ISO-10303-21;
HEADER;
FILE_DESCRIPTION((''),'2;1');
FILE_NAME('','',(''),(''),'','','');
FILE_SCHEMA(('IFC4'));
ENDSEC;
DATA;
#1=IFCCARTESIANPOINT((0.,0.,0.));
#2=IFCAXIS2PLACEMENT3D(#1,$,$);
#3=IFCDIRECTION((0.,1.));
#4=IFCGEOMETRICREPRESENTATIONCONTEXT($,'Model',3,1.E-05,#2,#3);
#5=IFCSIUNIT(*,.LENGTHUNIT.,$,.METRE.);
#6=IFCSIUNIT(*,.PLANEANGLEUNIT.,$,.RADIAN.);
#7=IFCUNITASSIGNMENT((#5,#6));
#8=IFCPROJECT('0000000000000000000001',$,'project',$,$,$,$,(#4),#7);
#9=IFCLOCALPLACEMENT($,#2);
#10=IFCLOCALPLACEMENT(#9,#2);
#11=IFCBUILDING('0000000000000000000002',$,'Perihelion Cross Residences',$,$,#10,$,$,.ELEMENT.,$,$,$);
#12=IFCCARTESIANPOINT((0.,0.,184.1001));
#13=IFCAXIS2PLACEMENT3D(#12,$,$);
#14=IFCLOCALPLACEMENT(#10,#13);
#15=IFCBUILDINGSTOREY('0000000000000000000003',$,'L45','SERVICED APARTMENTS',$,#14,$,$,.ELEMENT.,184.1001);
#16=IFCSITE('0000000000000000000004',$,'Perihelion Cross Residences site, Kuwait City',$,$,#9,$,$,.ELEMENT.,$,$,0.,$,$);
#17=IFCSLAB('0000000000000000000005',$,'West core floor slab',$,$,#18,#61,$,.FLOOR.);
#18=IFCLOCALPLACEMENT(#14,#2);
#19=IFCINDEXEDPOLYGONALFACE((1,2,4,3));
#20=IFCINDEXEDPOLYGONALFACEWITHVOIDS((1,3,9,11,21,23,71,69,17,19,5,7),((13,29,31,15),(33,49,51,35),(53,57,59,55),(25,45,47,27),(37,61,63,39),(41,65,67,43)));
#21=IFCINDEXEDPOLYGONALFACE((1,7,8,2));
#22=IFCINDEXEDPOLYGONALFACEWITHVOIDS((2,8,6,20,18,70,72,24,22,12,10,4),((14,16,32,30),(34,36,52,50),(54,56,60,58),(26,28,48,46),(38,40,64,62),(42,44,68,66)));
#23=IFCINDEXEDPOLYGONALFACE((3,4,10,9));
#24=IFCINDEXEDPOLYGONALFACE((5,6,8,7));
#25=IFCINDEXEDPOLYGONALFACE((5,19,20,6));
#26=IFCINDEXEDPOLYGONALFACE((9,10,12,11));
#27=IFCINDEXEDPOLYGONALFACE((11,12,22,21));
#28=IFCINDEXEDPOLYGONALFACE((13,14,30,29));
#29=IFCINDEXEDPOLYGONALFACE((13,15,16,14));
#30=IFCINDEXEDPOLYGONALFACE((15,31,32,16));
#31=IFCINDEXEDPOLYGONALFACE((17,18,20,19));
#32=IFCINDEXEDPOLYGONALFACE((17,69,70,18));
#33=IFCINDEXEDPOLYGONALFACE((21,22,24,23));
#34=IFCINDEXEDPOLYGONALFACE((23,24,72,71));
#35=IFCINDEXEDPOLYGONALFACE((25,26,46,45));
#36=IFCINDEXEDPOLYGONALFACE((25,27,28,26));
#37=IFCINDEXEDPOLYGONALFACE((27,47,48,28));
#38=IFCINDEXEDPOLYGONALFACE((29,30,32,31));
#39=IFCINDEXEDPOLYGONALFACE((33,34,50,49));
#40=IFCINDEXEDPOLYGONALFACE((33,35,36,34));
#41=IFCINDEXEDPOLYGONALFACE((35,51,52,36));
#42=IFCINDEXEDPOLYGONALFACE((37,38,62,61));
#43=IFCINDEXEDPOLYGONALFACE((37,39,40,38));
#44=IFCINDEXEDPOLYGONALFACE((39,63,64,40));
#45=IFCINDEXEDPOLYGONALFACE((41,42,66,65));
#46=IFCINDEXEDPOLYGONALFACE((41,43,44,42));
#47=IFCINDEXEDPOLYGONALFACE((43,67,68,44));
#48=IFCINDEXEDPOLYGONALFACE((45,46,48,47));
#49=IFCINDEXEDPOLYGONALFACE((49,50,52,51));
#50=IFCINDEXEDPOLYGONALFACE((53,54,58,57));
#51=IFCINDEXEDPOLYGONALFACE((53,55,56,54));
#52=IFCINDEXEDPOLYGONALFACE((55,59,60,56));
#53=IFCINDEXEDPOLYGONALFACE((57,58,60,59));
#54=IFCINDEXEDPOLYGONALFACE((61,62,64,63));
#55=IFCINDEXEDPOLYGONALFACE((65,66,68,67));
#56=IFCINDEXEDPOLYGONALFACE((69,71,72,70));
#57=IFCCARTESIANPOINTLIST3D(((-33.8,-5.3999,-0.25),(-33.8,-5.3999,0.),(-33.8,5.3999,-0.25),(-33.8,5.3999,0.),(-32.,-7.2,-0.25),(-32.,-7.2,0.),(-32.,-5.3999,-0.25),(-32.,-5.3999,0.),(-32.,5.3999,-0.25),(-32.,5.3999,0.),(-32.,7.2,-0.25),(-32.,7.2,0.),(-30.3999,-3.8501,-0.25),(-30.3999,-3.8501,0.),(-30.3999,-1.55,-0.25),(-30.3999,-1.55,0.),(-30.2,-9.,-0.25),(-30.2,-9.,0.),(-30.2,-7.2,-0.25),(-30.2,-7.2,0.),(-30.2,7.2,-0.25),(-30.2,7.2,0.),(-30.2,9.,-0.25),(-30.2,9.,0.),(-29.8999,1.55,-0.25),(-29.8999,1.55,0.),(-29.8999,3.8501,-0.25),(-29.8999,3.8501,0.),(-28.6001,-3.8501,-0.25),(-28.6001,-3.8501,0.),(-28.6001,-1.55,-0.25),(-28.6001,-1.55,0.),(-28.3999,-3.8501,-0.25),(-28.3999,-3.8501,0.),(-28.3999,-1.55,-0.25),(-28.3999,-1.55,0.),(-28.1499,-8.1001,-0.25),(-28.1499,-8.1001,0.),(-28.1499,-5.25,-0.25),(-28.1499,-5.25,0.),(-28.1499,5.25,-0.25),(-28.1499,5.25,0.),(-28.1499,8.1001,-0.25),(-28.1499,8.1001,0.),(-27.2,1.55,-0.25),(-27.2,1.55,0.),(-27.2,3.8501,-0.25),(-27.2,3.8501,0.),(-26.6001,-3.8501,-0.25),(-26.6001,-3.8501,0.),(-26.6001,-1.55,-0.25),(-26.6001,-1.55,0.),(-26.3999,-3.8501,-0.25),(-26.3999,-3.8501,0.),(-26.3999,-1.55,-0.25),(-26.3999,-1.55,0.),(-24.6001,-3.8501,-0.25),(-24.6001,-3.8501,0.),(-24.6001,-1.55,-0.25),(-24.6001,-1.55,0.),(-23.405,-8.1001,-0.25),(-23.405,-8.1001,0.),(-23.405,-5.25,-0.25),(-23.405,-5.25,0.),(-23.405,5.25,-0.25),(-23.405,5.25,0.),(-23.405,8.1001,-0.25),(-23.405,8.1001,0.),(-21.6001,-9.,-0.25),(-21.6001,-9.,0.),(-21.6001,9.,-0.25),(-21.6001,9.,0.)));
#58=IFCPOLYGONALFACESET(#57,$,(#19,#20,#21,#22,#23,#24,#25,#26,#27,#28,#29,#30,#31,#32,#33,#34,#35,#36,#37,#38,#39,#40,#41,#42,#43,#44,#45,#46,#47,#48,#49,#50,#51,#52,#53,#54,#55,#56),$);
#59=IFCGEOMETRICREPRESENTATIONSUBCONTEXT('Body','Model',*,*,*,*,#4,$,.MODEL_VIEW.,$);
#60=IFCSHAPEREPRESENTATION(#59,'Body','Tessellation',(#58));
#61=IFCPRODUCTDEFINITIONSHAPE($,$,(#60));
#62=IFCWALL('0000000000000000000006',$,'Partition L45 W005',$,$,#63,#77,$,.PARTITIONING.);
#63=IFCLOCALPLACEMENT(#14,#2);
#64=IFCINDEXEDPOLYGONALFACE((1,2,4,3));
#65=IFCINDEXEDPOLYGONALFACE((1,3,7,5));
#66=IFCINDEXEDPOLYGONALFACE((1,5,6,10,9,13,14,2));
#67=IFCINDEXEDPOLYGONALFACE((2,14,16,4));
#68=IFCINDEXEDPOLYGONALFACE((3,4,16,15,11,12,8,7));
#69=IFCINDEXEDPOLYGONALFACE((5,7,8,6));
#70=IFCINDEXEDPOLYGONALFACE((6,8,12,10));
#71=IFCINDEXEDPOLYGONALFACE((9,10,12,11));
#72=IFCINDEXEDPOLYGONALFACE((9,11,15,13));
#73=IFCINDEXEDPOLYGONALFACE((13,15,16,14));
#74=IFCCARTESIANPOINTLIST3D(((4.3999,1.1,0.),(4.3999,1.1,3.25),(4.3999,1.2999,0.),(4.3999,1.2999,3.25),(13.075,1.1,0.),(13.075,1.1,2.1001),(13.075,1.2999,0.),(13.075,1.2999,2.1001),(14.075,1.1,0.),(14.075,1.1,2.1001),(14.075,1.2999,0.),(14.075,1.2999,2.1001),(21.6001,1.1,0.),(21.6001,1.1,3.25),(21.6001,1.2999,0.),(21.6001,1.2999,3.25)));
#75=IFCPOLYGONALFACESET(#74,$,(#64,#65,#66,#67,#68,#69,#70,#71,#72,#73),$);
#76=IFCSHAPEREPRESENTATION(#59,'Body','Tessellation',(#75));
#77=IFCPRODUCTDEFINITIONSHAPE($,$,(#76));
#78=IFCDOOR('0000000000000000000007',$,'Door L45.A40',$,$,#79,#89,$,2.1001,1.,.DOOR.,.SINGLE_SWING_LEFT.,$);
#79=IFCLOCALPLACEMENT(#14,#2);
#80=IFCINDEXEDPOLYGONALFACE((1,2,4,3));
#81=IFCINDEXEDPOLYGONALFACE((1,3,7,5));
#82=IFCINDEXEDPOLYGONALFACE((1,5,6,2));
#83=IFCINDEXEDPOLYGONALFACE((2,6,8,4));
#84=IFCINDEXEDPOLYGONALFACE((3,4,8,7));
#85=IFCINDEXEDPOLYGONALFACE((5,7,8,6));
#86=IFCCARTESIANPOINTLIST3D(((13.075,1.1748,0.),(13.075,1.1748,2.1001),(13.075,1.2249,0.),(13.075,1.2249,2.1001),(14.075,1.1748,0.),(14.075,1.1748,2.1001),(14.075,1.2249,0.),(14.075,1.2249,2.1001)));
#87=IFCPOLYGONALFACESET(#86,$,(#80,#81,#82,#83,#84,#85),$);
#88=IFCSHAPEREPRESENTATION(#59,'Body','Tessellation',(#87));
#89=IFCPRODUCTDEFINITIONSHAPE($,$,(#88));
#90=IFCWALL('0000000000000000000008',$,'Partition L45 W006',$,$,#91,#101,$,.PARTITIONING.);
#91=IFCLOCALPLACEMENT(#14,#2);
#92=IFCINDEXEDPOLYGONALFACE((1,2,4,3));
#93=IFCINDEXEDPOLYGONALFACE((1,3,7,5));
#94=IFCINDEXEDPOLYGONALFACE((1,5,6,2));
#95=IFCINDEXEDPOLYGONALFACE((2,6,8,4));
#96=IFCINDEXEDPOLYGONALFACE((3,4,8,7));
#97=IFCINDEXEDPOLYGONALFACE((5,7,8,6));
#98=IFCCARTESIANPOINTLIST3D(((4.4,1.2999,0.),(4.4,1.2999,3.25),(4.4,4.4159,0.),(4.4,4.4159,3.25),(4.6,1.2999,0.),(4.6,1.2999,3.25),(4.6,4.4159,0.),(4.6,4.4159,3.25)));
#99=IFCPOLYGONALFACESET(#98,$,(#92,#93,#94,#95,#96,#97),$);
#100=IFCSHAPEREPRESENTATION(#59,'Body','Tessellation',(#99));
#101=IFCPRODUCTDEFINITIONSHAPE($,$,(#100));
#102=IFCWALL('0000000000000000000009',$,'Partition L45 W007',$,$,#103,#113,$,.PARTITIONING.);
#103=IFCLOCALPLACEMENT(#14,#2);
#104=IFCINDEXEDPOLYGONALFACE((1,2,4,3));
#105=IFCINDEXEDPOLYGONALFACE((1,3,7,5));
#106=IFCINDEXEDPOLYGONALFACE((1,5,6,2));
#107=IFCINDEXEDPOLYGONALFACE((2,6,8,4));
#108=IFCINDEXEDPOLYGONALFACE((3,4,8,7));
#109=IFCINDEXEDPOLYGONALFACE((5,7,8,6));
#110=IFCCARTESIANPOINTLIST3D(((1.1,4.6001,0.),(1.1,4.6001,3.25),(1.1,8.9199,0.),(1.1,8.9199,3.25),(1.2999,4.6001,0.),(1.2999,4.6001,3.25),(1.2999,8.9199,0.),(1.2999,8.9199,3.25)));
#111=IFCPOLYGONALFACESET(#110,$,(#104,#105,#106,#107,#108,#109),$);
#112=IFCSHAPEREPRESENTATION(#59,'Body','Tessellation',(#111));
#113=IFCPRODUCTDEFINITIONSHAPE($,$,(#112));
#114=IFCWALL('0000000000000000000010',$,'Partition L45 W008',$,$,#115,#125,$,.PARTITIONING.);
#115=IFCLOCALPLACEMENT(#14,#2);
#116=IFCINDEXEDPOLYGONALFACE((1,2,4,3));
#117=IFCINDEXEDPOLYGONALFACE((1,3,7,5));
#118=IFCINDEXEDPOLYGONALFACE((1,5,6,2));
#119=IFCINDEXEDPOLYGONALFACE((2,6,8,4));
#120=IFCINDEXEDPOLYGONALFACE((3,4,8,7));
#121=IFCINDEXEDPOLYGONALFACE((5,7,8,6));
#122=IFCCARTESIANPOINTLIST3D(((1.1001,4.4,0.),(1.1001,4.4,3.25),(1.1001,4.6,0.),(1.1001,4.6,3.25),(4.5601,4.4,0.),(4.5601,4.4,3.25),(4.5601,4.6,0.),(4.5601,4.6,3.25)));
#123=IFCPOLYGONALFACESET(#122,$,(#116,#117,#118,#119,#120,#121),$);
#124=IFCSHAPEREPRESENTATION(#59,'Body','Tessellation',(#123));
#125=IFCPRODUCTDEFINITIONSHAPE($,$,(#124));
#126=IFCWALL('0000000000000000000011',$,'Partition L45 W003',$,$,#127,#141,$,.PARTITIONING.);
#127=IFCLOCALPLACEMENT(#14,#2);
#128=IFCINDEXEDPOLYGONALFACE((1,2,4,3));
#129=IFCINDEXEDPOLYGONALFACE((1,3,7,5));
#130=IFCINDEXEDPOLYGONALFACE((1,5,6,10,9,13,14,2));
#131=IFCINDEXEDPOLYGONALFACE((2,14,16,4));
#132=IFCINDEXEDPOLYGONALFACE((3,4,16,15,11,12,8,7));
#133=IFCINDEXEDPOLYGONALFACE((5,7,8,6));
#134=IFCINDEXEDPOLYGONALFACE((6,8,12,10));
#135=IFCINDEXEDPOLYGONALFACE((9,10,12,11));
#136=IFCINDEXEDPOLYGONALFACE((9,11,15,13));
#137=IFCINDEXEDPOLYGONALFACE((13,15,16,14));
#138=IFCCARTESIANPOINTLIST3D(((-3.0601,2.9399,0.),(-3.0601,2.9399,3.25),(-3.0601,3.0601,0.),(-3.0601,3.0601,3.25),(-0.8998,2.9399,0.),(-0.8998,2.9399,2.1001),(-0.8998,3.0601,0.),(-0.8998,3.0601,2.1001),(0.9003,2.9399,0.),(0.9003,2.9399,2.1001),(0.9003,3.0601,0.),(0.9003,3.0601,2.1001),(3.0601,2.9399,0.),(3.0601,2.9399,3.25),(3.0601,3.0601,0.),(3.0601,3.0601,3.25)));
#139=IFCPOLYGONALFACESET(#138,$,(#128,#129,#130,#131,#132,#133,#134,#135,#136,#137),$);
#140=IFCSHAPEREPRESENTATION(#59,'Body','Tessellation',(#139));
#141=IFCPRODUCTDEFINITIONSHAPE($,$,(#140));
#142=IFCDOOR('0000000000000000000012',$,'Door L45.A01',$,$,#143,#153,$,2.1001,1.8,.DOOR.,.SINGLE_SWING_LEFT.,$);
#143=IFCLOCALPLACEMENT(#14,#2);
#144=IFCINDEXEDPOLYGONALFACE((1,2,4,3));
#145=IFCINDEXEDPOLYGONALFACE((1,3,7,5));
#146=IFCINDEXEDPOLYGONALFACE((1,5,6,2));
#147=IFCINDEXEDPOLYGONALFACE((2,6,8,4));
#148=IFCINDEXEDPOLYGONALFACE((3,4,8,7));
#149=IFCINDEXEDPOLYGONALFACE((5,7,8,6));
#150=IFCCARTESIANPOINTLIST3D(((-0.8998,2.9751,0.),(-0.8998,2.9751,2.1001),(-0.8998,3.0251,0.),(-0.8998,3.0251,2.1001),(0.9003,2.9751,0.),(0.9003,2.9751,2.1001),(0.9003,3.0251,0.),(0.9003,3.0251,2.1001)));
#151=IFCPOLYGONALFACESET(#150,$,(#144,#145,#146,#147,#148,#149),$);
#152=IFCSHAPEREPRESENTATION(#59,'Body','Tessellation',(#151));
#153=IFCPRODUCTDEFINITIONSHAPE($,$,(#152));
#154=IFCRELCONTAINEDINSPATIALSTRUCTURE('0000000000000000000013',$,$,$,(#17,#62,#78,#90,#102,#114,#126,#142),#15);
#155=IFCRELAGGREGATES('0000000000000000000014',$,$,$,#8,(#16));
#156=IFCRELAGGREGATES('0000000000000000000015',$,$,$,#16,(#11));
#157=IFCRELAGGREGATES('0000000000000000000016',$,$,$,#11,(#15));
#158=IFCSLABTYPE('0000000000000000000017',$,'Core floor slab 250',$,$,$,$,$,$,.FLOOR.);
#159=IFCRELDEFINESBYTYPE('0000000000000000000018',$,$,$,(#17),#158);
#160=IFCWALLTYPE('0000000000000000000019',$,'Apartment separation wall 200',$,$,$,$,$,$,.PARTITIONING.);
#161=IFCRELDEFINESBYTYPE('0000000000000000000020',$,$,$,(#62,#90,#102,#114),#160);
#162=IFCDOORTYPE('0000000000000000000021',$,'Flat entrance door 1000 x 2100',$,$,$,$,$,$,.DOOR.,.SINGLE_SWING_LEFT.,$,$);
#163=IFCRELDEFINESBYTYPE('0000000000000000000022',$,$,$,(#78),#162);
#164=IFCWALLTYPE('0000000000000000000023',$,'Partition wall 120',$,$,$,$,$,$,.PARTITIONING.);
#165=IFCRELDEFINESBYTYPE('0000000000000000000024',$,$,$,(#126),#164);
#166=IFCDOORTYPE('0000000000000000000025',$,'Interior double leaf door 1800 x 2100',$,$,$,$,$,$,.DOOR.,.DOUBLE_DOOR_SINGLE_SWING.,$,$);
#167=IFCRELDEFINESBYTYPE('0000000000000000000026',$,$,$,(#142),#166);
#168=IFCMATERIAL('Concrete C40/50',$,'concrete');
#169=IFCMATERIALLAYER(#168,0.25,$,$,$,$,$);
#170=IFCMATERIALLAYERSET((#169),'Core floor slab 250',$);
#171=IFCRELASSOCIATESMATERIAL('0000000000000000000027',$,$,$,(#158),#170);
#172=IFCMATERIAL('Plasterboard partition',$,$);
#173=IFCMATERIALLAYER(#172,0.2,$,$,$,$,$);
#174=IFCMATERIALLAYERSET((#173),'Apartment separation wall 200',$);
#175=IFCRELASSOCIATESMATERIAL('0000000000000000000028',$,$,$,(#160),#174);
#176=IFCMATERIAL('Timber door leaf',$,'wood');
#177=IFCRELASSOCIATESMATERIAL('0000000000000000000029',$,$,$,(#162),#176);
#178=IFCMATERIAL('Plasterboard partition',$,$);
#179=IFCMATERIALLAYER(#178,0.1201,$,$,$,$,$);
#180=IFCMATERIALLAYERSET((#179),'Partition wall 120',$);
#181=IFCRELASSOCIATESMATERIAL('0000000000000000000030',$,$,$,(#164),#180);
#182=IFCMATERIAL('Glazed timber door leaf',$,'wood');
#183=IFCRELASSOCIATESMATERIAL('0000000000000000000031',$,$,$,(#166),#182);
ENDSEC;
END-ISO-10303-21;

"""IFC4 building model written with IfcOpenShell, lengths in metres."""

from ifc_helpers import new_model, si_unit, direction, frame, frame_2d, origin, place, context, subcontext, project, spatial, polyline, rectangle, outline, extrude, material, layer, layer_set, type_object, element, fill, save


model = new_model("IFC4")

# Units and contexts
model_context = context("Model", 3, precision=1e-05, world=origin(), true_north=direction((0.0, 1.0)))
body_context = subcontext(model_context, "Body", "Model", "MODEL_VIEW")
ifc_project = project(units=[si_unit("LENGTHUNIT", "METRE"), si_unit("PLANEANGLEUNIT", "RADIAN")], contexts=[model_context])

# Site, building, storey
site_placement = place(None, origin())
site = spatial("IfcSite", under=ifc_project, at=site_placement, Name="Perihelion Cross Residences site, Kuwait City", CompositionType="ELEMENT", RefElevation=0.0)
building_placement = place(site_placement, origin())
building = spatial("IfcBuilding", under=site, at=building_placement, Name="Perihelion Cross Residences", CompositionType="ELEMENT")
storey_placement = place(building_placement, frame((0.0, 0.0, 184.1001)))
storey = spatial("IfcBuildingStorey", under=building, at=storey_placement, Name="L45", Description="SERVICED APARTMENTS", CompositionType="ELEMENT", Elevation=184.1001)

# Slab
ifc_material_1 = material(Name="Concrete C40/50", Category="concrete")
ifc_layer_1 = layer(ifc_material_1, 0.25)
ifc_layer_set_1 = layer_set([ifc_layer_1], Name="Core floor slab 250")
slab_type = type_object("IfcSlabType", Name="Core floor slab 250", PredefinedType="FLOOR", material=ifc_layer_set_1)
slab_1_placement = place(storey_placement, frame((0.0, 0.0, -0.25)))
element("IfcSlab", 1, at=slab_1_placement, inside=storey, type_object=slab_type, Name="West core floor slab", PredefinedType="FLOOR", context=body_context, shape_type="SweptSolid", body=[
    extrude(outline(polyline([(-30.2, 7.2), (-32.0, 7.2), (-32.0, 5.3999), (-33.8, 5.3999), (-33.8, -5.3999), (-32.0, -5.3999), (-32.0, -7.2), (-30.2, -7.2), (-30.2, -9.0), (-21.6001, -9.0), (-21.6001, 9.0), (-30.2, 9.0), (-30.2, 7.2)]), holes=[polyline([(-28.1499, -8.1001), (-28.1499, -5.25), (-23.405, -5.25), (-23.405, -8.1001), (-28.1499, -8.1001)]), polyline([(-24.6001, -1.55), (-24.6001, -3.8501), (-26.3999, -3.8501), (-26.3999, -1.55), (-24.6001, -1.55)]), polyline([(-26.6001, -1.55), (-26.6001, -3.8501), (-28.3999, -3.8501), (-28.3999, -1.55), (-26.6001, -1.55)]), polyline([(-28.6001, -3.8501), (-30.3999, -3.8501), (-30.3999, -1.55), (-28.6001, -1.55), (-28.6001, -3.8501)]), polyline([(-27.2, 3.8501), (-27.2, 1.55), (-29.8999, 1.55), (-29.8999, 3.8501), (-27.2, 3.8501)]), polyline([(-23.405, 5.25), (-28.1499, 5.25), (-28.1499, 8.1001), (-23.405, 8.1001), (-23.405, 5.25)])]), origin(), (0.0, 0.0, 1.0), 0.25),
])

# Wall, opening, door
ifc_material_2 = material(Name="Plasterboard partition")
ifc_layer_2 = layer(ifc_material_2, 0.2)
ifc_layer_set_2 = layer_set([ifc_layer_2], Name="Apartment separation wall 200")
wall_type_1 = type_object("IfcWallType", Name="Apartment separation wall 200", PredefinedType="PARTITIONING", material=ifc_layer_set_2)
wall_1_placement = place(storey_placement, frame((4.3999, 1.2, 0.0), z_axis=(0.0, 0.0, 1.0), x_axis=(1.0, 0.0, 0.0)))
wall_1 = element("IfcWall", 2, at=wall_1_placement, inside=storey, type_object=wall_type_1, Name="Partition L45 W005", PredefinedType="PARTITIONING", context=body_context, shape_type="SweptSolid", body=[
    extrude(rectangle(XDim=17.2002, YDim=0.2, at=frame_2d((8.6001, 0.0))), origin(), (0.0, 0.0, 1.0), 3.25),
])
opening_1_placement = place(wall_1_placement, frame((8.675, 0.0, 0.0)))
opening_1 = element("IfcOpeningElement", 3, at=opening_1_placement, cuts=wall_1, PredefinedType="OPENING", context=body_context, shape_type="SweptSolid", body=[
    extrude(rectangle(XDim=1.0, YDim=2.1001, at=frame_2d((0.5, 1.05))), frame((0.0, 0.1099, 0.0), z_axis=(0.0, -1.0, 0.0), x_axis=(1.0, 0.0, 0.0)), (0.0, 0.0, 1.0), 0.22),
])
ifc_material_3 = material(Name="Timber door leaf", Category="wood")
door_type_1 = type_object("IfcDoorType", Name="Flat entrance door 1000 x 2100", OperationType="SINGLE_SWING_LEFT", PredefinedType="DOOR", material=ifc_material_3)
door_1_placement = place(opening_1_placement, origin())
door_1 = element("IfcDoor", 4, at=door_1_placement, inside=storey, type_object=door_type_1, Name="Door L45.A40", OperationType="SINGLE_SWING_LEFT", OverallHeight=2.1001, OverallWidth=1.0, PredefinedType="DOOR", context=body_context, shape_type="SweptSolid", body=[
    extrude(rectangle(XDim=1.0, YDim=2.1001, at=frame_2d((0.5, 1.05))), frame((0.0, 0.0249, 0.0), z_axis=(0.0, -1.0, 0.0), x_axis=(1.0, 0.0, 0.0)), (0.0, 0.0, 1.0), 0.05),
])
fill(opening_1, door_1)

# Walls
wall_2_placement = place(storey_placement, frame((4.5, 4.416, 0.0), z_axis=(0.0, 0.0, 1.0), x_axis=(0.0, -1.0, 0.0)))
element("IfcWall", 5, at=wall_2_placement, inside=storey, type_object=wall_type_1, Name="Partition L45 W006", PredefinedType="PARTITIONING", context=body_context, shape_type="SweptSolid", body=[
    extrude(rectangle(XDim=3.116, YDim=0.2, at=frame_2d((1.5581, 0.0))), origin(), (0.0, 0.0, 1.0), 3.25),
])
wall_3_placement = place(storey_placement, frame((1.2, 8.9199, 0.0), z_axis=(0.0, 0.0, 1.0), x_axis=(0.0, -1.0, 0.0)))
element("IfcWall", 6, at=wall_3_placement, inside=storey, type_object=wall_type_1, Name="Partition L45 W007", PredefinedType="PARTITIONING", context=body_context, shape_type="SweptSolid", body=[
    extrude(rectangle(XDim=4.3198, YDim=0.2, at=frame_2d((2.1599, 0.0))), origin(), (0.0, 0.0, 1.0), 3.25),
])
wall_4_placement = place(storey_placement, frame((1.1001, 4.5, 0.0), z_axis=(0.0, 0.0, 1.0), x_axis=(1.0, 0.0, 0.0)))
element("IfcWall", 7, at=wall_4_placement, inside=storey, type_object=wall_type_1, Name="Partition L45 W008", PredefinedType="PARTITIONING", context=body_context, shape_type="SweptSolid", body=[
    extrude(rectangle(XDim=3.46, YDim=0.2, at=frame_2d((1.73, 0.0))), origin(), (0.0, 0.0, 1.0), 3.25),
])

# Wall, opening, door
ifc_material_4 = material(Name="Plasterboard partition")
ifc_layer_3 = layer(ifc_material_4, 0.1201)
ifc_layer_set_3 = layer_set([ifc_layer_3], Name="Partition wall 120")
wall_type_2 = type_object("IfcWallType", Name="Partition wall 120", PredefinedType="PARTITIONING", material=ifc_layer_set_3)
wall_5_placement = place(storey_placement, frame((3.0601, 3.0, 0.0), z_axis=(0.0, 0.0, 1.0), x_axis=(-1.0, 0.0, 0.0)))
wall_5 = element("IfcWall", 8, at=wall_5_placement, inside=storey, type_object=wall_type_2, Name="Partition L45 W003", PredefinedType="PARTITIONING", context=body_context, shape_type="SweptSolid", body=[
    extrude(rectangle(XDim=6.1201, YDim=0.1201, at=frame_2d((3.0601, 0.0))), origin(), (0.0, 0.0, 1.0), 3.25),
])
opening_2_placement = place(wall_5_placement, frame((2.1599, 0.0, 0.0)))
opening_2 = element("IfcOpeningElement", 9, at=opening_2_placement, cuts=wall_5, PredefinedType="OPENING", context=body_context, shape_type="SweptSolid", body=[
    extrude(rectangle(XDim=1.8, YDim=2.1001, at=frame_2d((0.8999, 1.05))), frame((0.0, 0.0701, 0.0), z_axis=(0.0, -1.0, 0.0), x_axis=(1.0, 0.0, 0.0)), (0.0, 0.0, 1.0), 0.1401),
])
ifc_material_5 = material(Name="Glazed timber door leaf", Category="wood")
door_type_2 = type_object("IfcDoorType", Name="Interior double leaf door 1800 x 2100", OperationType="DOUBLE_DOOR_SINGLE_SWING", PredefinedType="DOOR", material=ifc_material_5)
door_2_placement = place(opening_2_placement, origin())
door_2 = element("IfcDoor", 10, at=door_2_placement, inside=storey, type_object=door_type_2, Name="Door L45.A01", OperationType="SINGLE_SWING_LEFT", OverallHeight=2.1001, OverallWidth=1.8, PredefinedType="DOOR", context=body_context, shape_type="SweptSolid", body=[
    extrude(rectangle(XDim=1.8, YDim=2.1001, at=frame_2d((0.8999, 1.05))), frame((0.0, 0.0249, 0.0), z_axis=(0.0, -1.0, 0.0), x_axis=(1.0, 0.0, 0.0)), (0.0, 0.0, 1.0), 0.05),
])
fill(opening_2, door_2)

save(model, "model.ifc")
